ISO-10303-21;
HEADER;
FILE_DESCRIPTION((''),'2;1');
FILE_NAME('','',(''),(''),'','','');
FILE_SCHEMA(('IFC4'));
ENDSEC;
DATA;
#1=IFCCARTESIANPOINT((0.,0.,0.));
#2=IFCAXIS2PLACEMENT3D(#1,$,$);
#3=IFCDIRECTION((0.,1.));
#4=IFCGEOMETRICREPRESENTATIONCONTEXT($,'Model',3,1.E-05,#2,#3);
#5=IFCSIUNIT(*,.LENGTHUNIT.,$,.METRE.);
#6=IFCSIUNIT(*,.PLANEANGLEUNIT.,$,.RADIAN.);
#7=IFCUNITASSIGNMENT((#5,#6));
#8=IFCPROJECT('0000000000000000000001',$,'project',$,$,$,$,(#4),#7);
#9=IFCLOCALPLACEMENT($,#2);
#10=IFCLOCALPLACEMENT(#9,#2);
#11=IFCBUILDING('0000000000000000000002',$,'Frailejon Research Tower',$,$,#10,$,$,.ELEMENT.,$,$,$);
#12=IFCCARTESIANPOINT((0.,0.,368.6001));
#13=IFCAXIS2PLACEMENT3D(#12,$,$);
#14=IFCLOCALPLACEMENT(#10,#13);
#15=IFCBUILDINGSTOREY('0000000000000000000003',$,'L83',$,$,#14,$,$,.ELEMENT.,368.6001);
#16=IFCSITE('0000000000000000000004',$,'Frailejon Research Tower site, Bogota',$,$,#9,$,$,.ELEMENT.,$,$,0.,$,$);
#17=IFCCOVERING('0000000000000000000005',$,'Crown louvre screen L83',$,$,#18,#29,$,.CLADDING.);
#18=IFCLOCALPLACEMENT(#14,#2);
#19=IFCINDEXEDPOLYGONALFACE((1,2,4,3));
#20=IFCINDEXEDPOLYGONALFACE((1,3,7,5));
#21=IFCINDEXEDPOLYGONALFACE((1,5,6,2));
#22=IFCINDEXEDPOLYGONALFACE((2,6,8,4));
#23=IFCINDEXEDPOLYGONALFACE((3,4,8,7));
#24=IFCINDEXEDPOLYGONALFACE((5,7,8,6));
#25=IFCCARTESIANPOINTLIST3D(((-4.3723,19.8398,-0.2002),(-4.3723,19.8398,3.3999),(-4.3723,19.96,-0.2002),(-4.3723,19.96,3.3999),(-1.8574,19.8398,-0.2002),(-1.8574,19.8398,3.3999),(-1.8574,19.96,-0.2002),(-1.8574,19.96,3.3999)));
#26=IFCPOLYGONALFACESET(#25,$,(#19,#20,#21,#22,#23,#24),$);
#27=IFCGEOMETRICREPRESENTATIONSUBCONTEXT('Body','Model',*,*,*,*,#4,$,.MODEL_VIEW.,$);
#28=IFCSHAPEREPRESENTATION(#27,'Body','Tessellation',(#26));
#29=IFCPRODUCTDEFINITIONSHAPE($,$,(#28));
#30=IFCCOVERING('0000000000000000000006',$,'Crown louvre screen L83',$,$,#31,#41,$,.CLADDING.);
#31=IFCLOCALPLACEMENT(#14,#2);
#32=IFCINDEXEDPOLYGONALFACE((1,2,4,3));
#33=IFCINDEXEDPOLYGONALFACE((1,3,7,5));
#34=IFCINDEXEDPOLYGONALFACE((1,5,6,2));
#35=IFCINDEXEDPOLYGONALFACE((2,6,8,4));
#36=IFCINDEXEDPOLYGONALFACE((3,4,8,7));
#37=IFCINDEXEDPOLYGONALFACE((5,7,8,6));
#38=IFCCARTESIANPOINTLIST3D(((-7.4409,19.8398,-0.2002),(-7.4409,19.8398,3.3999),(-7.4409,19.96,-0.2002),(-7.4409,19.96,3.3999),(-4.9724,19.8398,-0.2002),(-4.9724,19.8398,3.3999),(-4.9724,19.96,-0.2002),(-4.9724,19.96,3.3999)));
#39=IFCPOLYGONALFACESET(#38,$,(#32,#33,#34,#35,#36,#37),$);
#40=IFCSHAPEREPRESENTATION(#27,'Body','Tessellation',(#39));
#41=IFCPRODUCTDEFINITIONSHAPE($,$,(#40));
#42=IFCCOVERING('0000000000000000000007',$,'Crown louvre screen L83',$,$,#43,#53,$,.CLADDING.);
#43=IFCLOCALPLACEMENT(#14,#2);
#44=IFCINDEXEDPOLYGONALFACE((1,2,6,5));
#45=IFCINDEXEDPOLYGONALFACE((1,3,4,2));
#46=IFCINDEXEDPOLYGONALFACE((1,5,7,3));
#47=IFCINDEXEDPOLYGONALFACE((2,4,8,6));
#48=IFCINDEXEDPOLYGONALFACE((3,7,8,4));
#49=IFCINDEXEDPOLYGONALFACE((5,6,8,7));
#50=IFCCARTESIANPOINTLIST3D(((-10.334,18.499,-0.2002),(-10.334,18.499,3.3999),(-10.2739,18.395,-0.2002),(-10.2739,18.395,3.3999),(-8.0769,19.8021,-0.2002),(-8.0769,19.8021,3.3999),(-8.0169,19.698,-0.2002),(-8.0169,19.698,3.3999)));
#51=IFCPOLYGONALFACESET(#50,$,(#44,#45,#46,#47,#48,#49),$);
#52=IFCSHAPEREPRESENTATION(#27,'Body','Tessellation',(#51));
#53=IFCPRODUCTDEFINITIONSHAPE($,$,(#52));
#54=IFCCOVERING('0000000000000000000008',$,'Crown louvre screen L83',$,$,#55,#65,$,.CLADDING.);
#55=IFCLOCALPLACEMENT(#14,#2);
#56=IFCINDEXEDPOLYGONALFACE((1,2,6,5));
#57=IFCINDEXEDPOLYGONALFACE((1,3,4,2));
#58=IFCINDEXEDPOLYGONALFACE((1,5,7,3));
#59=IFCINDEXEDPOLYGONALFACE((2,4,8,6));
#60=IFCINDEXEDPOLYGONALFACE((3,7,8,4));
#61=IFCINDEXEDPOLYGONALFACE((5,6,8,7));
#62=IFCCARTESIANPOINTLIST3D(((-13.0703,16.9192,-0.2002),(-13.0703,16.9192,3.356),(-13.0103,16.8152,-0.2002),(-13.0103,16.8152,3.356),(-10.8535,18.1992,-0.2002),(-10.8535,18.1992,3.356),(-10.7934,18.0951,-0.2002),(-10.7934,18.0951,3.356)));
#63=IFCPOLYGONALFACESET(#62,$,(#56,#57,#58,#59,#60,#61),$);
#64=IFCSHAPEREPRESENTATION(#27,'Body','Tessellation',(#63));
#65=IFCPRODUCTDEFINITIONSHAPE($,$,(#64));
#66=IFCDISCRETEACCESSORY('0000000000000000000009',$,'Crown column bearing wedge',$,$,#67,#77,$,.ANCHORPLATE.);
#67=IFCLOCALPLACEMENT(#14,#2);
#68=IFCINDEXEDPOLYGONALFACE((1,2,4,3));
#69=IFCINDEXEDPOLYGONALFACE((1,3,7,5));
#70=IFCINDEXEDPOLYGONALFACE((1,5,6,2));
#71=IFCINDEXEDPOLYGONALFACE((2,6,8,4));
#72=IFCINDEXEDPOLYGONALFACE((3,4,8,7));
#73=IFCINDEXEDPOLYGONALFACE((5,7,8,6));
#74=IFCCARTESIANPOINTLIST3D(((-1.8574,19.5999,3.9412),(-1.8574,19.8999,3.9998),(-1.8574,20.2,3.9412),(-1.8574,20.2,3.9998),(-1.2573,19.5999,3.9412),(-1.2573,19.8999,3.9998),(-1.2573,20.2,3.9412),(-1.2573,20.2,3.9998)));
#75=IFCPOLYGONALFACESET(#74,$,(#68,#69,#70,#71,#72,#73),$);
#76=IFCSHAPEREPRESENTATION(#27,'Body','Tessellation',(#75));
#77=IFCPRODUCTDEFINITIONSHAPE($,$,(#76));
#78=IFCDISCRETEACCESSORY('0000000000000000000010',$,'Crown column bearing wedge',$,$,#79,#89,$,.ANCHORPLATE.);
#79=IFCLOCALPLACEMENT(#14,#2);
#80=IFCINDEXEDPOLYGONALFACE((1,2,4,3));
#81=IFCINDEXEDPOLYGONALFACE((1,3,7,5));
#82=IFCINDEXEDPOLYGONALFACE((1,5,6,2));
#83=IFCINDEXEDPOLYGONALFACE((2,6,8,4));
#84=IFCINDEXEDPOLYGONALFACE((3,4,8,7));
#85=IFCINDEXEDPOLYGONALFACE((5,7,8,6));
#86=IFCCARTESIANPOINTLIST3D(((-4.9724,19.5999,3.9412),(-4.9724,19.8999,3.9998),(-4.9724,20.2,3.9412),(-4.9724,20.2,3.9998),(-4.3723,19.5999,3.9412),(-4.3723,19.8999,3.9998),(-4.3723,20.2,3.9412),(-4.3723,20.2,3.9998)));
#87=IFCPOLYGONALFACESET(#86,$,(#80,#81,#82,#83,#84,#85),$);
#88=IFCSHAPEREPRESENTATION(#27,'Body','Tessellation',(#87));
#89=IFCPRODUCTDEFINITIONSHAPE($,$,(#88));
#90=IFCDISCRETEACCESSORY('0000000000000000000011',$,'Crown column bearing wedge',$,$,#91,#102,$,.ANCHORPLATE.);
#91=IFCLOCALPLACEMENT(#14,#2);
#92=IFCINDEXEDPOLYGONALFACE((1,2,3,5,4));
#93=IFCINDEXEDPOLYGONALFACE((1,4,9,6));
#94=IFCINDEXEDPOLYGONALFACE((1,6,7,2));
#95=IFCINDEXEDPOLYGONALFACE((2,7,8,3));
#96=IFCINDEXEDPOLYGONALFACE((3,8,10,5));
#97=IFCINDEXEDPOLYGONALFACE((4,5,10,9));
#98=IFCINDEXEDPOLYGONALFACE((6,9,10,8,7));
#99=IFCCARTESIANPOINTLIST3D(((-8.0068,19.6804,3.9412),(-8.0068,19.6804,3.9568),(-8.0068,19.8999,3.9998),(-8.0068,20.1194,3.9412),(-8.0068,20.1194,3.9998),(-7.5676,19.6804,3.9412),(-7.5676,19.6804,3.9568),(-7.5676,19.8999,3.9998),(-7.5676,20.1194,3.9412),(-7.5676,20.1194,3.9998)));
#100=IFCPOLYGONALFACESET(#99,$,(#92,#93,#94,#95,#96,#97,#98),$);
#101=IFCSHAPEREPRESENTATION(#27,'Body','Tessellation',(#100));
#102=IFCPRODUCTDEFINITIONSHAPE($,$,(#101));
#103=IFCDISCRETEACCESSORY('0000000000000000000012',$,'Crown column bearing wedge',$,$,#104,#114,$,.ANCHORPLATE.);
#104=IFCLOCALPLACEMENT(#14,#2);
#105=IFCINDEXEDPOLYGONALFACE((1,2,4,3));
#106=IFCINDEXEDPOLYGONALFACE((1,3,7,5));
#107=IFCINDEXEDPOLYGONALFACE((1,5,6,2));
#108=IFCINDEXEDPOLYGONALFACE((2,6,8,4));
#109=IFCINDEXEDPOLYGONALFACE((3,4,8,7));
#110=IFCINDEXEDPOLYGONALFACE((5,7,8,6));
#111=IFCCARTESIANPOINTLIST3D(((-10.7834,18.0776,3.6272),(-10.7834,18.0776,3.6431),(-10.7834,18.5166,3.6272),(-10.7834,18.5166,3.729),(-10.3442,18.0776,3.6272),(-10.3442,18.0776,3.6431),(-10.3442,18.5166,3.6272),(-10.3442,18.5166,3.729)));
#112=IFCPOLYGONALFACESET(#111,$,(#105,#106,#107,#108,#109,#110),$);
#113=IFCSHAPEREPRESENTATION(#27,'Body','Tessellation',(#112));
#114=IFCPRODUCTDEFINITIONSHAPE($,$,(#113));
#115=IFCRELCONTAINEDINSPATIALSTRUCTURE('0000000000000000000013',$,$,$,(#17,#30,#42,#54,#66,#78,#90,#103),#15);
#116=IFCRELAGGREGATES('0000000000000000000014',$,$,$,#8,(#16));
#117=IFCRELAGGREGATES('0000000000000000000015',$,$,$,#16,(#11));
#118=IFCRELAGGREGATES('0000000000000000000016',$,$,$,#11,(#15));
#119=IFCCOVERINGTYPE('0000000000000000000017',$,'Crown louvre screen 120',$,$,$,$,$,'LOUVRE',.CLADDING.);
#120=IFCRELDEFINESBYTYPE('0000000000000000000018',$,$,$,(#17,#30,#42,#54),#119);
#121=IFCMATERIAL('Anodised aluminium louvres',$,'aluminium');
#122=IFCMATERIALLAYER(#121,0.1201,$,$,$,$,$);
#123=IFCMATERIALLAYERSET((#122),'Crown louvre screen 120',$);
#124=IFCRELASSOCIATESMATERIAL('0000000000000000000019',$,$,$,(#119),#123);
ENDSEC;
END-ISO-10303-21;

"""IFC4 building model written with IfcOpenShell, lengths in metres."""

from ifc_helpers import new_model, si_unit, direction, frame, origin, place, context, subcontext, project, spatial, polyline, outline, extrude, material, layer, layer_set, type_object, element, save


model = new_model("IFC4")

# Units and contexts
model_context = context("Model", 3, precision=1e-05, world=origin(), true_north=direction((0.0, 1.0)))
body_context = subcontext(model_context, "Body", "Model", "MODEL_VIEW")
ifc_project = project(units=[si_unit("LENGTHUNIT", "METRE"), si_unit("PLANEANGLEUNIT", "RADIAN")], contexts=[model_context])

# Site, building, storey
site_placement = place(None, origin())
site = spatial("IfcSite", under=ifc_project, at=site_placement, Name="Frailejon Research Tower site, Bogota", CompositionType="ELEMENT", RefElevation=0.0)
building_placement = place(site_placement, origin())
building = spatial("IfcBuilding", under=site, at=building_placement, Name="Frailejon Research Tower", CompositionType="ELEMENT")
storey_placement = place(building_placement, frame((0.0, 0.0, 368.6001)))
storey = spatial("IfcBuildingStorey", under=building, at=storey_placement, Name="L83", CompositionType="ELEMENT", Elevation=368.6001)

# Coverings
ifc_material_1 = material(Name="Anodised aluminium louvres", Category="aluminium")
ifc_layer_1 = layer(ifc_material_1, 0.1201)
ifc_layer_set_1 = layer_set([ifc_layer_1], Name="Crown louvre screen 120")
covering_type = type_object("IfcCoveringType", Name="Crown louvre screen 120", ElementType="LOUVRE", PredefinedType="CLADDING", material=ifc_layer_set_1)
for number, where, z_axis, x_axis, name in (
    (1, (-4.3723, 19.8999, -0.2002), (1.0, 0.0, 0.0), (0.0, 1.0, 0.0), "Crown louvre screen L83"),
):
    element("IfcCovering", number, at=place(storey_placement, frame(where, z_axis=z_axis, x_axis=x_axis)), inside=storey, type_object=covering_type, Name=name, PredefinedType="CLADDING", context=body_context, shape_type="SweptSolid", body=[
        extrude(outline(polyline([(-0.0601, 0.0), (0.0601, 0.0), (0.0601, 3.6001), (-0.0601, 3.6001), (-0.0601, 0.0)])), origin(), (0.0, 0.0, 1.0), 2.5149),
    ])
covering_1_placement = place(storey_placement, frame((-7.4409, 19.8999, -0.2002), z_axis=(1.0, 0.0, 0.0), x_axis=(0.0, 1.0, 0.0)))
element("IfcCovering", 2, at=covering_1_placement, inside=storey, type_object=covering_type, Name="Crown louvre screen L83", PredefinedType="CLADDING", context=body_context, shape_type="SweptSolid", body=[
    extrude(outline(polyline([(-0.0601, 0.0), (0.0601, 0.0), (0.0601, 3.6001), (-0.0601, 3.6001), (-0.0601, 0.0)])), origin(), (0.0, 0.0, 1.0), 2.4685),
])
covering_2_placement = place(storey_placement, frame((-10.304, 18.447, -0.2002), z_axis=(0.866039, 0.499977, 0.0), x_axis=(-0.499977, 0.866039, 0.0)))
element("IfcCovering", 3, at=covering_2_placement, inside=storey, type_object=covering_type, Name="Crown louvre screen L83", PredefinedType="CLADDING", context=body_context, shape_type="SweptSolid", body=[
    extrude(outline(polyline([(-0.0601, 0.0), (0.0601, 0.0), (0.0601, 3.6001), (-0.0601, 3.6001), (-0.0601, 0.0)])), origin(), (0.0, 0.0, 1.0), 2.6062),
])
covering_3_placement = place(storey_placement, frame((-13.0403, 16.8672, -0.2002), z_axis=(0.866011, 0.500026, 0.0), x_axis=(-0.500026, 0.866011, 0.0)))
element("IfcCovering", 4, at=covering_3_placement, inside=storey, type_object=covering_type, Name="Crown louvre screen L83", PredefinedType="CLADDING", context=body_context, shape_type="SweptSolid", body=[
    extrude(outline(polyline([(-0.0601, 0.0), (0.0601, 0.0), (0.0601, 3.5562), (-0.0601, 3.5562), (-0.0601, 0.0)])), origin(), (0.0, 0.0, 1.0), 2.5598),
])

# Discrete accessories
for number, where, z_axis, x_axis, name in (
    (5, (-1.8574, 19.8999, 3.9412), (1.0, 0.0, 0.0), (0.0, 1.0, 0.0), "Crown column bearing wedge"),
    (6, (-4.9724, 19.8999, 3.9412), (1.0, 0.0, 0.0), (0.0, 1.0, 0.0), "Crown column bearing wedge"),
):
    element("IfcDiscreteAccessory", number, at=place(storey_placement, frame(where, z_axis=z_axis, x_axis=x_axis)), inside=storey, Name=name, PredefinedType="ANCHORPLATE", context=body_context, shape_type="SweptSolid", body=[
        extrude(outline(polyline([(-0.3, 0.0), (0.3, 0.0), (0.3, 0.0586), (0.0, 0.0586), (-0.3, 0.0)])), origin(), (0.0, 0.0, 1.0), 0.6001),
    ])
discrete_accessory_1_placement = place(storey_placement, frame((-8.0068, 19.8999, 3.9412), z_axis=(1.0, 0.0, 0.0), x_axis=(0.0, 1.0, 0.0)))
element("IfcDiscreteAccessory", 7, at=discrete_accessory_1_placement, inside=storey, Name="Crown column bearing wedge", PredefinedType="ANCHORPLATE", context=body_context, shape_type="SweptSolid", body=[
    extrude(outline(polyline([(-0.2195, 0.0), (0.2195, 0.0), (0.2195, 0.0586), (0.0, 0.0586), (-0.2195, 0.0156), (-0.2195, 0.0)])), origin(), (0.0, 0.0, 1.0), 0.4392),
])
discrete_accessory_2_placement = place(storey_placement, frame((-10.7834, 18.2971, 3.6272), z_axis=(1.0, 0.0, 0.0), x_axis=(0.0, 1.0, 0.0)))
element("IfcDiscreteAccessory", 8, at=discrete_accessory_2_placement, inside=storey, Name="Crown column bearing wedge", PredefinedType="ANCHORPLATE", context=body_context, shape_type="SweptSolid", body=[
    extrude(outline(polyline([(-0.2195, 0.0), (0.2195, 0.0), (0.2195, 0.1018), (-0.2195, 0.0159), (-0.2195, 0.0)])), origin(), (0.0, 0.0, 1.0), 0.4392),
])

save(model, "model.ifc")
